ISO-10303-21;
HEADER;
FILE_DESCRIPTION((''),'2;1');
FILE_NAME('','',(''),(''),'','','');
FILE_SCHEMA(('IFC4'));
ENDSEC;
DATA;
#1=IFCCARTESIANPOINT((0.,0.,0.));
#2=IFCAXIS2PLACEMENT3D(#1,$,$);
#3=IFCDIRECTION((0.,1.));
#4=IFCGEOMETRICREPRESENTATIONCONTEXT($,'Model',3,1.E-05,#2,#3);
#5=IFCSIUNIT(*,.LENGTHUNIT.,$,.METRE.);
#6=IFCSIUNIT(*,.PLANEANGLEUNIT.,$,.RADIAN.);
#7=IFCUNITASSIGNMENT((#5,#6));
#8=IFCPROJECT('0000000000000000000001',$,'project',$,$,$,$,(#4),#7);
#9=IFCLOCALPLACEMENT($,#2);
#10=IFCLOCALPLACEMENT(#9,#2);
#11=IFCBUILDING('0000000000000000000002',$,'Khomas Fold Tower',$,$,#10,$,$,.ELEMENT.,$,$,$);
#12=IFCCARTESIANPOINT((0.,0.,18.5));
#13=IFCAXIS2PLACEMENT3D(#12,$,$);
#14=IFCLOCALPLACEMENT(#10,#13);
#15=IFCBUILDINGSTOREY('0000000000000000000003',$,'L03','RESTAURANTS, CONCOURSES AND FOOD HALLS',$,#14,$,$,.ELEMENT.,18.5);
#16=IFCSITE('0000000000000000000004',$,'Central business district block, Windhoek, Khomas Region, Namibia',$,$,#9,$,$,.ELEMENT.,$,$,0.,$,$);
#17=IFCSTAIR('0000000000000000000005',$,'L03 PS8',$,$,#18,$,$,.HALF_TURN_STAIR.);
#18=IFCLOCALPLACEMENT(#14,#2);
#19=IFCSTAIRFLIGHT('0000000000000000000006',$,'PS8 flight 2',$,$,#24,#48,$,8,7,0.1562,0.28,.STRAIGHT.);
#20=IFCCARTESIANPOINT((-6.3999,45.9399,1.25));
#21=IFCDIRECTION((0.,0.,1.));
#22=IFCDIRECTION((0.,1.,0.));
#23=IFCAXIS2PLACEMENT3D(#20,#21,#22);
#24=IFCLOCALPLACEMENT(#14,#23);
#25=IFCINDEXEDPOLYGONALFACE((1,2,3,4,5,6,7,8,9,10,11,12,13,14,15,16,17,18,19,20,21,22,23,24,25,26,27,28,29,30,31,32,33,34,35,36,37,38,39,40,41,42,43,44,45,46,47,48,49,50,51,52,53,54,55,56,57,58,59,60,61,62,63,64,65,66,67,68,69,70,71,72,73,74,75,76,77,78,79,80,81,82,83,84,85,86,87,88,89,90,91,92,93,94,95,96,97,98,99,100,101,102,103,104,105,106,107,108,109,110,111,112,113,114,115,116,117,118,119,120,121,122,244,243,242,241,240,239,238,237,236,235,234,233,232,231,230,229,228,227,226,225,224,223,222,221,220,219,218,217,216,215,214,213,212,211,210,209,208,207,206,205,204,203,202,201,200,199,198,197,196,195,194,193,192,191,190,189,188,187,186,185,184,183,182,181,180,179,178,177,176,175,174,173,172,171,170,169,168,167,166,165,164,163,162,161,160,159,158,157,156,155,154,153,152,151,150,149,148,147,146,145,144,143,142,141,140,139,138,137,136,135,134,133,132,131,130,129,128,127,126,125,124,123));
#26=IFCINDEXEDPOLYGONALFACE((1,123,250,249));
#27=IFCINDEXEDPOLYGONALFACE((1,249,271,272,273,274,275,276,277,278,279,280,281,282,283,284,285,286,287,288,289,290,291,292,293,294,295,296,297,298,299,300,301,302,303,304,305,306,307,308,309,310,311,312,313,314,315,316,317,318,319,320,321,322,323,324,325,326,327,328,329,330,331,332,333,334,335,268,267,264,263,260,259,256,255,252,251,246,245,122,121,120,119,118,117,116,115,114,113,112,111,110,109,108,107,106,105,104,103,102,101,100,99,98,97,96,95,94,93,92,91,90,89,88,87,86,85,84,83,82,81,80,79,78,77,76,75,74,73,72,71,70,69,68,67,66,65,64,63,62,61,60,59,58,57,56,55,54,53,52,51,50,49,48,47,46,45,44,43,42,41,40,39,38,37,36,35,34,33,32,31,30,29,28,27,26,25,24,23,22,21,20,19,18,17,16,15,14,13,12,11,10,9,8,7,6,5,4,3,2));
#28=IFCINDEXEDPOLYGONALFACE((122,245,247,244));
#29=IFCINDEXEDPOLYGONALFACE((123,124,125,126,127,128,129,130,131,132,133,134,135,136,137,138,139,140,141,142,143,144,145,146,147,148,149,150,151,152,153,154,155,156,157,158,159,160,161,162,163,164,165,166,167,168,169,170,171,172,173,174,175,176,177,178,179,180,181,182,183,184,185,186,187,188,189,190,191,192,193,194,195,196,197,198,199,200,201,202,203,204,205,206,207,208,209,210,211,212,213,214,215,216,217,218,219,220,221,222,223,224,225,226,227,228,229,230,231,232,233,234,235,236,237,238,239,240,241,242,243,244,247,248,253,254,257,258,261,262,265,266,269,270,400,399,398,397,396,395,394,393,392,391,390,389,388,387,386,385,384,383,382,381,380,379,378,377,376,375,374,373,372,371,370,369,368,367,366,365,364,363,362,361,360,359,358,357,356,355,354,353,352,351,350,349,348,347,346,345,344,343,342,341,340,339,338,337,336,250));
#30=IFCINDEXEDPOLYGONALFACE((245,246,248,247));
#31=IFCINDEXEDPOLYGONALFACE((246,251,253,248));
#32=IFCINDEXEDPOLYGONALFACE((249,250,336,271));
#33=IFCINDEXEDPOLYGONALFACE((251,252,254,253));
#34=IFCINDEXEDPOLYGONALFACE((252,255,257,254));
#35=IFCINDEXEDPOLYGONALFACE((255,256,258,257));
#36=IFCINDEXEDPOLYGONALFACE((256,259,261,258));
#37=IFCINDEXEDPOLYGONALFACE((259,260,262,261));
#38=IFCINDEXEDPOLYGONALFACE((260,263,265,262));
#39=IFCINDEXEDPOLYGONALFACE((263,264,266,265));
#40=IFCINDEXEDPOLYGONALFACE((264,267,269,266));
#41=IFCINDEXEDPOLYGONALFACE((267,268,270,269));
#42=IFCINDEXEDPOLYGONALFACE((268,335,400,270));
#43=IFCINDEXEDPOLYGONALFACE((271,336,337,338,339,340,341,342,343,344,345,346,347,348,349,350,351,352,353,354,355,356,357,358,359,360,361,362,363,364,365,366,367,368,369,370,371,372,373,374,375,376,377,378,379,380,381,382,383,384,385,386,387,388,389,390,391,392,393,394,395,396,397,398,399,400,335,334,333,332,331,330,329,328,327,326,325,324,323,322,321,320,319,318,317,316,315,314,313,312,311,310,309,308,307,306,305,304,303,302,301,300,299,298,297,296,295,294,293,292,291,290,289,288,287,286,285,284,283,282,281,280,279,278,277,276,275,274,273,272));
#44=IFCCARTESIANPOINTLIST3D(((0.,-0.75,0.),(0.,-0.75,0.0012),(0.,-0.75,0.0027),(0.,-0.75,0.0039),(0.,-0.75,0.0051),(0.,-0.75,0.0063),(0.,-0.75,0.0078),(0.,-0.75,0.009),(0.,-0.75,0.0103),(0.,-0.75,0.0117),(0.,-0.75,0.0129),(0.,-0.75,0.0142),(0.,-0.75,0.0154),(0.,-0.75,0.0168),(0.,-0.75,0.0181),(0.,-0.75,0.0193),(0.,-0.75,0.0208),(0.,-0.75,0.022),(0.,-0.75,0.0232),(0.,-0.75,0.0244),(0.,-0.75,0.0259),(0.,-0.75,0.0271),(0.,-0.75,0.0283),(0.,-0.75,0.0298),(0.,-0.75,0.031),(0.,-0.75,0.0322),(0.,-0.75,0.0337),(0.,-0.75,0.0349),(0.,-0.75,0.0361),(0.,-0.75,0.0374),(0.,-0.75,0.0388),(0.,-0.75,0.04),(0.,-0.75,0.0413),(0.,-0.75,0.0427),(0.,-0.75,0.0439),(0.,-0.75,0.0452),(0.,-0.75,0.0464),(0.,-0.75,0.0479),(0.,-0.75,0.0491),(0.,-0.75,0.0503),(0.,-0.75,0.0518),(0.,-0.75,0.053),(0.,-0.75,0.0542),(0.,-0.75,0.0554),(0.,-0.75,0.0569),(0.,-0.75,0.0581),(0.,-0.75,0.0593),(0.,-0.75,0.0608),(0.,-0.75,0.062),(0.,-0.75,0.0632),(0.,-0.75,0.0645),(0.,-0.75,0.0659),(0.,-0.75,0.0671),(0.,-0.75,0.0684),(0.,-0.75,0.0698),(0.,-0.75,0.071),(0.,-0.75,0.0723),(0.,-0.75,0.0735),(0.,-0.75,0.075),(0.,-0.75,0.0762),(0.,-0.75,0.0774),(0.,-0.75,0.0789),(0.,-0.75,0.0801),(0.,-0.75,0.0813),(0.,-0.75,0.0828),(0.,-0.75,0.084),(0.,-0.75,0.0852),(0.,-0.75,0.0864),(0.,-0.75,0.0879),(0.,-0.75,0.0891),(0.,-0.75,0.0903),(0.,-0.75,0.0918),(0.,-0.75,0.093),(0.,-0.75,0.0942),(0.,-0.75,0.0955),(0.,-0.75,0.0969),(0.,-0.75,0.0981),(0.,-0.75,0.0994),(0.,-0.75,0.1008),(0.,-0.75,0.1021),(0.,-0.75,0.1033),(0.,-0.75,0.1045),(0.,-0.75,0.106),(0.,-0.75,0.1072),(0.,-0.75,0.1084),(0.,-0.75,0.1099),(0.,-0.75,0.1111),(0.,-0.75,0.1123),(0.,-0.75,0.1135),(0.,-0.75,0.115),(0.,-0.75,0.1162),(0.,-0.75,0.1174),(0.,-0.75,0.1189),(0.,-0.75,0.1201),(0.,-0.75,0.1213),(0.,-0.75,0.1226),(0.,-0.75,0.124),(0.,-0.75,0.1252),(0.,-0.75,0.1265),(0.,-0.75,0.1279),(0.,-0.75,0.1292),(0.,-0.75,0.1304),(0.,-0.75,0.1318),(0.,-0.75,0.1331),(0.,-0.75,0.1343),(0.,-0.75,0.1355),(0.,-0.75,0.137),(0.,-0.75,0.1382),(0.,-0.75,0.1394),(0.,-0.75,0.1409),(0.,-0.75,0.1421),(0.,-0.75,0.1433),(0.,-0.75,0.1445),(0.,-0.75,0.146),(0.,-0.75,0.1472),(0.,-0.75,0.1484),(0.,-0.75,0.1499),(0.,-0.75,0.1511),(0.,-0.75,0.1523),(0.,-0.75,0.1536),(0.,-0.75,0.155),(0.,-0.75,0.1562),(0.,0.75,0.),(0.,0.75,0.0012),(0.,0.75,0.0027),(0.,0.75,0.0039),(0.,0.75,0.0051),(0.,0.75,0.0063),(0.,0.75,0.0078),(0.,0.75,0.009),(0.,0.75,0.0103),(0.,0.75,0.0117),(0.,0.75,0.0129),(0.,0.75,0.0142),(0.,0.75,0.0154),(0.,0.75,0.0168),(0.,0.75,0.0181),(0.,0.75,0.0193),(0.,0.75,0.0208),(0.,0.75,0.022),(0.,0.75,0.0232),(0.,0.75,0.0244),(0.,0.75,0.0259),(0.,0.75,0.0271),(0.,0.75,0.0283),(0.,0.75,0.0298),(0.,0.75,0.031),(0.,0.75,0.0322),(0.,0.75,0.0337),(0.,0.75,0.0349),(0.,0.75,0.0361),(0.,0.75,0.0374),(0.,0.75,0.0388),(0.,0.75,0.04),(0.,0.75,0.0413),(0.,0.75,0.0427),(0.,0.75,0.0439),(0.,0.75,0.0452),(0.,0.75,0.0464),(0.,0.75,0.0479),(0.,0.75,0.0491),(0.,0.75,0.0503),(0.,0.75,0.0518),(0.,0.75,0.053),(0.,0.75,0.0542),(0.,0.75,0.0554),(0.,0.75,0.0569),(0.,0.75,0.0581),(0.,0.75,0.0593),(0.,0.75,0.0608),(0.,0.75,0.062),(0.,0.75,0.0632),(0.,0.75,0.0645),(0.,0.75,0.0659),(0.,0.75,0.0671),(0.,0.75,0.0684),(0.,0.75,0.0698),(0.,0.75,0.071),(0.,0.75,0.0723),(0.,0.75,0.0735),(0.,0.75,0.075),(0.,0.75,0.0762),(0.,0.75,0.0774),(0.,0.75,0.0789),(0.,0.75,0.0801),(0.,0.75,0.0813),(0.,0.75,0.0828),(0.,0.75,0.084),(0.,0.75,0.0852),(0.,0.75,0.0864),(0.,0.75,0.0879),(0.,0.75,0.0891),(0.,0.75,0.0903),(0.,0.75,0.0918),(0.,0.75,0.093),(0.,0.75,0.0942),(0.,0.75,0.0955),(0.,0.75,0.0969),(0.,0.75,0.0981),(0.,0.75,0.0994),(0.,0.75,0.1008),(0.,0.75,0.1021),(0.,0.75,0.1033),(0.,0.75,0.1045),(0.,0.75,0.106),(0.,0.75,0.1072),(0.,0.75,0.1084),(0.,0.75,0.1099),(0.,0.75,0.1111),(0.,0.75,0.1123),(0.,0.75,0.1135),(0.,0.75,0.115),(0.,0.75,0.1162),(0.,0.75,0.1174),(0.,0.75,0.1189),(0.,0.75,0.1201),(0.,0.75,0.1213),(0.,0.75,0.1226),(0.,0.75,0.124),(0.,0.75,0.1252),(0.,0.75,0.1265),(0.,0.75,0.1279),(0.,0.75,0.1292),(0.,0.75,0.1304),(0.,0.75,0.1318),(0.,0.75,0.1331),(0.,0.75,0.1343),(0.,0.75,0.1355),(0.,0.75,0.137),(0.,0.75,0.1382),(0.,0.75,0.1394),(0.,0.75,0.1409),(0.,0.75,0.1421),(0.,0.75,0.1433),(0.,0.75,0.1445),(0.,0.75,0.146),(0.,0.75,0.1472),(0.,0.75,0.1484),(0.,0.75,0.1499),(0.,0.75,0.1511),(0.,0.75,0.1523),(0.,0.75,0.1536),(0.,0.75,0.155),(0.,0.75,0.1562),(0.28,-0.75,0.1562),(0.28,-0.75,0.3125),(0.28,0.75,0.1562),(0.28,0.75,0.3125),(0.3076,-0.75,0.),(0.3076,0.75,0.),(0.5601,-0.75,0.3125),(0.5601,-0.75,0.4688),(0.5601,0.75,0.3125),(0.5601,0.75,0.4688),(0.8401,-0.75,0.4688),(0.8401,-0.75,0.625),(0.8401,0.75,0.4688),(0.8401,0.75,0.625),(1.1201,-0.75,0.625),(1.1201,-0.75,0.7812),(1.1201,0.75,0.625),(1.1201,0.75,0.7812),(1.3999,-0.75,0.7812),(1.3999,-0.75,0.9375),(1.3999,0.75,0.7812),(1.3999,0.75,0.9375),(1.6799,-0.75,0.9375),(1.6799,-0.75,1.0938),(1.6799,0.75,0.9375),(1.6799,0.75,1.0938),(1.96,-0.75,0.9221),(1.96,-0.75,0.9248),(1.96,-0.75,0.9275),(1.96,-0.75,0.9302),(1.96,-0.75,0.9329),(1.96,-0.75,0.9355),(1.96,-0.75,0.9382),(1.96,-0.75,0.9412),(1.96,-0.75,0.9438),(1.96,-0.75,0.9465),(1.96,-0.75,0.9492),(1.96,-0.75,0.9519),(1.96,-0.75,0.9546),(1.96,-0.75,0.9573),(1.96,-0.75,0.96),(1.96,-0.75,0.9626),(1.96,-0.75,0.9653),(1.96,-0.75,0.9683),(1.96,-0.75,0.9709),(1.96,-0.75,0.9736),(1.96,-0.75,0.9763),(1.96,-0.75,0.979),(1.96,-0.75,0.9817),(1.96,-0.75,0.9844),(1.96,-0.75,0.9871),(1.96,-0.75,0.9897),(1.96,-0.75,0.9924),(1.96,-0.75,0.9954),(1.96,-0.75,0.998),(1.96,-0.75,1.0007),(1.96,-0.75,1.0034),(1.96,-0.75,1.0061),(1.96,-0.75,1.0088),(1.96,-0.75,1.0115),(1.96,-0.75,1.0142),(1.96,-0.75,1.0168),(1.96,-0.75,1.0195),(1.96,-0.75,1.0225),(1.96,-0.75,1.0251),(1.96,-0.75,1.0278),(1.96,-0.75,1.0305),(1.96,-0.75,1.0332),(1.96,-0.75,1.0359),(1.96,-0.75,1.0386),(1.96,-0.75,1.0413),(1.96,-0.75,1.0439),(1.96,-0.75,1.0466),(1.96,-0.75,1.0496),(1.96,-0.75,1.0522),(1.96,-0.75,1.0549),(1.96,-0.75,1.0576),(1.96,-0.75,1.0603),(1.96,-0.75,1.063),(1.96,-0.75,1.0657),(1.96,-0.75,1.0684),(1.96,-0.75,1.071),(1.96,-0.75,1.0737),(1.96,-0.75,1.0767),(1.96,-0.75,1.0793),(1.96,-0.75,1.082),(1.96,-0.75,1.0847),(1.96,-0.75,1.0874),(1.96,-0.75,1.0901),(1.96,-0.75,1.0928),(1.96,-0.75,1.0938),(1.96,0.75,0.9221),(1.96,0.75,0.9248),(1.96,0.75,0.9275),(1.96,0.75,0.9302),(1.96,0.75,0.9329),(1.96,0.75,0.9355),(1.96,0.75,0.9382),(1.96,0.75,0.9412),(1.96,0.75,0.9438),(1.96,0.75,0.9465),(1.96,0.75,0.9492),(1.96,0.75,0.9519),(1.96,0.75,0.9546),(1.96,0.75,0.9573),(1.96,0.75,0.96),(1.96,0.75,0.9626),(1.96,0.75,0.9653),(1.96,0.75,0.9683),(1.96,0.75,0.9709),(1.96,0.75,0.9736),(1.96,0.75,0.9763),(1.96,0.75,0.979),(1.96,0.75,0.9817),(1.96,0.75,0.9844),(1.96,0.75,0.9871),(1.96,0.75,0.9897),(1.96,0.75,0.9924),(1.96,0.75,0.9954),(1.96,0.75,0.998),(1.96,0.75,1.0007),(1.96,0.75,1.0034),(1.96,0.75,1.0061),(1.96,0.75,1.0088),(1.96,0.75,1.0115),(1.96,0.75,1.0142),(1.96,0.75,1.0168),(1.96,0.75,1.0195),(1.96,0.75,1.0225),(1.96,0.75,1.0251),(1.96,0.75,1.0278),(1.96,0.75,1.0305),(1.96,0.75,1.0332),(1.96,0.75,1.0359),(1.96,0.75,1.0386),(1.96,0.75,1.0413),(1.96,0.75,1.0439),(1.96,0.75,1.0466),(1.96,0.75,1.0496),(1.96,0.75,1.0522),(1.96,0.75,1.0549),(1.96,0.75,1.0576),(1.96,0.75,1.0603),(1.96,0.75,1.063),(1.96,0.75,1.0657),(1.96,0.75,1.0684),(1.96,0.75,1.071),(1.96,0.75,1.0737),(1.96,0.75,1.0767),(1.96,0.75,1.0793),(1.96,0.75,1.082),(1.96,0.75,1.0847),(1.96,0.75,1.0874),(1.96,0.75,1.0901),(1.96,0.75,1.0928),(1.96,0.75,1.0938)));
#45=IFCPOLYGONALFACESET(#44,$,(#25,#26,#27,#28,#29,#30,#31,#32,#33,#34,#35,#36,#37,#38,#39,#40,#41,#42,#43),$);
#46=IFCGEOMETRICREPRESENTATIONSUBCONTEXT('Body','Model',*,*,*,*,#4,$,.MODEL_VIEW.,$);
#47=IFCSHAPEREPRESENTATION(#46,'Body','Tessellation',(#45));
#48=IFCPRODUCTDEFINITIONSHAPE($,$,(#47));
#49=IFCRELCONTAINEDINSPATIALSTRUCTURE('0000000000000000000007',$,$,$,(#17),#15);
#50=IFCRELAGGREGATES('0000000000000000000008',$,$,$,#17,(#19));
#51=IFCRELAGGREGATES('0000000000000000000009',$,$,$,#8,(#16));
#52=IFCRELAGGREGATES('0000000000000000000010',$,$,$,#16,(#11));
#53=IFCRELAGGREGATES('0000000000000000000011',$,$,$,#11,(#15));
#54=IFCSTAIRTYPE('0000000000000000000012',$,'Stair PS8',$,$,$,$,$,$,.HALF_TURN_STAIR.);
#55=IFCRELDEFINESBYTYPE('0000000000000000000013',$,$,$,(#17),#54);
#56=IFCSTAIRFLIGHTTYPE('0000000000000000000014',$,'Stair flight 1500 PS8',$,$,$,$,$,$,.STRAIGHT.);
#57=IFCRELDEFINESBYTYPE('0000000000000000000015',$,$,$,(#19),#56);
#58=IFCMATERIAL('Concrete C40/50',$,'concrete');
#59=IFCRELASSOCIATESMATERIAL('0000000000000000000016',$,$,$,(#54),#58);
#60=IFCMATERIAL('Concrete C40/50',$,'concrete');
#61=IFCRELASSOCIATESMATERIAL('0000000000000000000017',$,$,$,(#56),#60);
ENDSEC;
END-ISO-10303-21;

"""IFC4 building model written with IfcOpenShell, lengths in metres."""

from ifc_helpers import new_model, si_unit, direction, frame, origin, place, context, subcontext, project, spatial, polyline, outline, extrude, source, transform, mapped, material, type_object, element, aggregate, save


model = new_model("IFC4")

# Units and contexts
model_context = context("Model", 3, precision=1e-05, world=origin(), true_north=direction((0.0, 1.0)))
body_context = subcontext(model_context, "Body", "Model", "MODEL_VIEW")
ifc_project = project(units=[si_unit("LENGTHUNIT", "METRE"), si_unit("PLANEANGLEUNIT", "RADIAN")], contexts=[model_context])

# Site, building, storey
site_placement = place(None, origin())
site = spatial("IfcSite", under=ifc_project, at=site_placement, Name="Central business district block, Windhoek, Khomas Region, Namibia", CompositionType="ELEMENT", RefElevation=0.0)
building_placement = place(site_placement, origin())
building = spatial("IfcBuilding", under=site, at=building_placement, Name="Khomas Fold Tower", CompositionType="ELEMENT")
storey_placement = place(building_placement, frame((0.0, 0.0, 18.5)))
storey = spatial("IfcBuildingStorey", under=building, at=storey_placement, Name="L03", Description="RESTAURANTS, CONCOURSES AND FOOD HALLS", CompositionType="ELEMENT", Elevation=18.5)

# Stair, stair flight
ifc_material_1 = material(Name="Concrete C40/50", Category="concrete")
stair_type = type_object("IfcStairType", Name="Stair PS8", PredefinedType="HALF_TURN_STAIR", material=ifc_material_1)
stair_placement = place(storey_placement, origin())
stair = element("IfcStair", 1, at=stair_placement, inside=storey, type_object=stair_type, Name="L03 PS8", PredefinedType="HALF_TURN_STAIR")
ifc_material_2 = material(Name="Concrete C40/50", Category="concrete")
stair_flight_type = type_object("IfcStairFlightType", Name="Stair flight 1500 PS8", PredefinedType="STRAIGHT", material=ifc_material_2)
shared_shape_1 = source(origin(), body_context, "Body", "SweptSolid", [
    extrude(outline(polyline([(0.0, 0.0), (0.0, 0.0012), (0.0, 0.0027), (0.0, 0.0039), (0.0, 0.0051), (0.0, 0.0063), (0.0, 0.0078), (0.0, 0.009), (0.0, 0.0103), (0.0, 0.0117), (0.0, 0.0129), (0.0, 0.0142), (0.0, 0.0154), (0.0, 0.0168), (0.0, 0.0181), (0.0, 0.0193), (0.0, 0.0208), (0.0, 0.022), (0.0, 0.0232), (0.0, 0.0244), (0.0, 0.0259), (0.0, 0.0271), (0.0, 0.0283), (0.0, 0.0298), (0.0, 0.031), (0.0, 0.0322), (0.0, 0.0337), (0.0, 0.0349), (0.0, 0.0361), (0.0, 0.0374), (0.0, 0.0388), (0.0, 0.04), (0.0, 0.0413), (0.0, 0.0427), (0.0, 0.0439), (0.0, 0.0452), (0.0, 0.0464), (0.0, 0.0479), (0.0, 0.0491), (0.0, 0.0503), (0.0, 0.0518), (0.0, 0.053), (0.0, 0.0542), (0.0, 0.0554), (0.0, 0.0569), (0.0, 0.0581), (0.0, 0.0593), (0.0, 0.0608), (0.0, 0.062), (0.0, 0.0632), (0.0, 0.0645), (0.0, 0.0659), (0.0, 0.0671), (0.0, 0.0684), (0.0, 0.0698), (0.0, 0.071), (0.0, 0.0723), (0.0, 0.0735), (0.0, 0.075), (0.0, 0.0762), (0.0, 0.0774), (0.0, 0.0789), (0.0, 0.0801), (0.0, 0.0813), (0.0, 0.0828), (0.0, 0.084), (0.0, 0.0852), (0.0, 0.0864), (0.0, 0.0879), (0.0, 0.0891), (0.0, 0.0903), (0.0, 0.0918), (0.0, 0.093), (0.0, 0.0942), (0.0, 0.0955), (0.0, 0.0969), (0.0, 0.0981), (0.0, 0.0994), (0.0, 0.1008), (0.0, 0.1021), (0.0, 0.1033), (0.0, 0.1045), (0.0, 0.106), (0.0, 0.1072), (0.0, 0.1084), (0.0, 0.1099), (0.0, 0.1111), (0.0, 0.1123), (0.0, 0.1135), (0.0, 0.115), (0.0, 0.1162), (0.0, 0.1174), (0.0, 0.1189), (0.0, 0.1201), (0.0, 0.1213), (0.0, 0.1226), (0.0, 0.124), (0.0, 0.1252), (0.0, 0.1265), (0.0, 0.1279), (0.0, 0.1292), (0.0, 0.1304), (0.0, 0.1318), (0.0, 0.1331), (0.0, 0.1343), (0.0, 0.1355), (0.0, 0.137), (0.0, 0.1382), (0.0, 0.1394), (0.0, 0.1409), (0.0, 0.1421), (0.0, 0.1433), (0.0, 0.1445), (0.0, 0.146), (0.0, 0.1472), (0.0, 0.1484), (0.0, 0.1499), (0.0, 0.1511), (0.0, 0.1523), (0.0, 0.1536), (0.0, 0.155), (0.0, 0.1562), (0.28, 0.1562), (0.28, 0.3125), (0.5601, 0.3125), (0.5601, 0.4688), (0.8401, 0.4688), (0.8401, 0.625), (1.1201, 0.625), (1.1201, 0.7812), (1.3999, 0.7812), (1.3999, 0.9375), (1.6799, 0.9375), (1.6799, 1.0938), (1.96, 1.0938), (1.96, 1.25), (1.96, 1.2473), (1.96, 1.2446), (1.96, 1.2419), (1.96, 1.2393), (1.96, 1.2363), (1.96, 1.2336), (1.96, 1.231), (1.96, 1.2283), (1.96, 1.2256), (1.96, 1.2229), (1.96, 1.2202), (1.96, 1.2175), (1.96, 1.2148), (1.96, 1.2122), (1.96, 1.2092), (1.96, 1.2065), (1.96, 1.2039), (1.96, 1.2012), (1.96, 1.1985), (1.96, 1.1958), (1.96, 1.1931), (1.96, 1.1904), (1.96, 1.1877), (1.96, 1.1851), (1.96, 1.1821), (1.96, 1.1794), (1.96, 1.1768), (1.96, 1.1741), (1.96, 1.1714), (1.96, 1.1687), (1.96, 1.166), (1.96, 1.1633), (1.96, 1.1606), (1.96, 1.158), (1.96, 1.155), (1.96, 1.1523), (1.96, 1.1497), (1.96, 1.147), (1.96, 1.1443), (1.96, 1.1416), (1.96, 1.1389), (1.96, 1.1362), (1.96, 1.1335), (1.96, 1.1309), (1.96, 1.1279), (1.96, 1.1252), (1.96, 1.1226), (1.96, 1.1199), (1.96, 1.1172), (1.96, 1.1145), (1.96, 1.1118), (1.96, 1.1091), (1.96, 1.1064), (1.96, 1.1038), (1.96, 1.1008), (1.96, 1.0981), (1.96, 1.0955), (1.96, 1.0928), (1.96, 1.0901), (1.96, 1.0874), (1.96, 1.0847), (1.96, 1.082), (1.96, 1.0793), (1.96, 1.0767), (1.96, 1.0737), (1.96, 1.071), (1.96, 1.0684), (1.96, 1.0657), (1.96, 1.063), (1.96, 1.0603), (1.96, 1.0576), (1.96, 1.0549), (1.96, 1.0522), (1.96, 1.0496), (1.96, 1.0466), (1.96, 1.0439), (1.96, 1.0413), (1.96, 1.0386), (1.96, 1.0359), (1.96, 1.0332), (1.96, 1.0305), (1.96, 1.0278), (1.96, 1.0251), (1.96, 1.0225), (1.96, 1.0195), (1.96, 1.0168), (1.96, 1.0142), (1.96, 1.0115), (1.96, 1.0088), (1.96, 1.0061), (1.96, 1.0034), (1.96, 1.0007), (1.96, 0.998), (1.96, 0.9954), (1.96, 0.9924), (1.96, 0.9897), (1.96, 0.9871), (1.96, 0.9844), (1.96, 0.9817), (1.96, 0.979), (1.96, 0.9763), (1.96, 0.9736), (1.96, 0.9709), (1.96, 0.9683), (1.96, 0.9653), (1.96, 0.9626), (1.96, 0.96), (1.96, 0.9573), (1.96, 0.9546), (1.96, 0.9519), (1.96, 0.9492), (1.96, 0.9465), (1.96, 0.9438), (1.96, 0.9412), (1.96, 0.9382), (1.96, 0.9355), (1.96, 0.9329), (1.96, 0.9302), (1.96, 0.9275), (1.96, 0.9248), (1.96, 0.9221), (0.3076, 0.0), (0.0, 0.0)])), frame((0.0, 0.75, 0.0), z_axis=(0.0, -1.0, 0.0), x_axis=(1.0, 0.0, 0.0)), (0.0, 0.0, 1.0), 1.5),
])
stair_flight_1_placement = place(storey_placement, frame((-6.3999, 45.9399, 1.25), z_axis=(0.0, 0.0, 1.0), x_axis=(0.0, 1.0, 0.0)))
stair_flight_1 = element("IfcStairFlight", 2, at=stair_flight_1_placement, type_object=stair_flight_type, Name="PS8 flight 2", NumberOfRisers=8, NumberOfTreads=7, PredefinedType="STRAIGHT", RiserHeight=0.1562, TreadLength=0.28, context=body_context, shape_type="MappedRepresentation", body=[
    mapped(shared_shape_1, transform((0.0, 0.0, 0.0))),
])
aggregate(stair, [stair_flight_1])

save(model, "model.ifc")
